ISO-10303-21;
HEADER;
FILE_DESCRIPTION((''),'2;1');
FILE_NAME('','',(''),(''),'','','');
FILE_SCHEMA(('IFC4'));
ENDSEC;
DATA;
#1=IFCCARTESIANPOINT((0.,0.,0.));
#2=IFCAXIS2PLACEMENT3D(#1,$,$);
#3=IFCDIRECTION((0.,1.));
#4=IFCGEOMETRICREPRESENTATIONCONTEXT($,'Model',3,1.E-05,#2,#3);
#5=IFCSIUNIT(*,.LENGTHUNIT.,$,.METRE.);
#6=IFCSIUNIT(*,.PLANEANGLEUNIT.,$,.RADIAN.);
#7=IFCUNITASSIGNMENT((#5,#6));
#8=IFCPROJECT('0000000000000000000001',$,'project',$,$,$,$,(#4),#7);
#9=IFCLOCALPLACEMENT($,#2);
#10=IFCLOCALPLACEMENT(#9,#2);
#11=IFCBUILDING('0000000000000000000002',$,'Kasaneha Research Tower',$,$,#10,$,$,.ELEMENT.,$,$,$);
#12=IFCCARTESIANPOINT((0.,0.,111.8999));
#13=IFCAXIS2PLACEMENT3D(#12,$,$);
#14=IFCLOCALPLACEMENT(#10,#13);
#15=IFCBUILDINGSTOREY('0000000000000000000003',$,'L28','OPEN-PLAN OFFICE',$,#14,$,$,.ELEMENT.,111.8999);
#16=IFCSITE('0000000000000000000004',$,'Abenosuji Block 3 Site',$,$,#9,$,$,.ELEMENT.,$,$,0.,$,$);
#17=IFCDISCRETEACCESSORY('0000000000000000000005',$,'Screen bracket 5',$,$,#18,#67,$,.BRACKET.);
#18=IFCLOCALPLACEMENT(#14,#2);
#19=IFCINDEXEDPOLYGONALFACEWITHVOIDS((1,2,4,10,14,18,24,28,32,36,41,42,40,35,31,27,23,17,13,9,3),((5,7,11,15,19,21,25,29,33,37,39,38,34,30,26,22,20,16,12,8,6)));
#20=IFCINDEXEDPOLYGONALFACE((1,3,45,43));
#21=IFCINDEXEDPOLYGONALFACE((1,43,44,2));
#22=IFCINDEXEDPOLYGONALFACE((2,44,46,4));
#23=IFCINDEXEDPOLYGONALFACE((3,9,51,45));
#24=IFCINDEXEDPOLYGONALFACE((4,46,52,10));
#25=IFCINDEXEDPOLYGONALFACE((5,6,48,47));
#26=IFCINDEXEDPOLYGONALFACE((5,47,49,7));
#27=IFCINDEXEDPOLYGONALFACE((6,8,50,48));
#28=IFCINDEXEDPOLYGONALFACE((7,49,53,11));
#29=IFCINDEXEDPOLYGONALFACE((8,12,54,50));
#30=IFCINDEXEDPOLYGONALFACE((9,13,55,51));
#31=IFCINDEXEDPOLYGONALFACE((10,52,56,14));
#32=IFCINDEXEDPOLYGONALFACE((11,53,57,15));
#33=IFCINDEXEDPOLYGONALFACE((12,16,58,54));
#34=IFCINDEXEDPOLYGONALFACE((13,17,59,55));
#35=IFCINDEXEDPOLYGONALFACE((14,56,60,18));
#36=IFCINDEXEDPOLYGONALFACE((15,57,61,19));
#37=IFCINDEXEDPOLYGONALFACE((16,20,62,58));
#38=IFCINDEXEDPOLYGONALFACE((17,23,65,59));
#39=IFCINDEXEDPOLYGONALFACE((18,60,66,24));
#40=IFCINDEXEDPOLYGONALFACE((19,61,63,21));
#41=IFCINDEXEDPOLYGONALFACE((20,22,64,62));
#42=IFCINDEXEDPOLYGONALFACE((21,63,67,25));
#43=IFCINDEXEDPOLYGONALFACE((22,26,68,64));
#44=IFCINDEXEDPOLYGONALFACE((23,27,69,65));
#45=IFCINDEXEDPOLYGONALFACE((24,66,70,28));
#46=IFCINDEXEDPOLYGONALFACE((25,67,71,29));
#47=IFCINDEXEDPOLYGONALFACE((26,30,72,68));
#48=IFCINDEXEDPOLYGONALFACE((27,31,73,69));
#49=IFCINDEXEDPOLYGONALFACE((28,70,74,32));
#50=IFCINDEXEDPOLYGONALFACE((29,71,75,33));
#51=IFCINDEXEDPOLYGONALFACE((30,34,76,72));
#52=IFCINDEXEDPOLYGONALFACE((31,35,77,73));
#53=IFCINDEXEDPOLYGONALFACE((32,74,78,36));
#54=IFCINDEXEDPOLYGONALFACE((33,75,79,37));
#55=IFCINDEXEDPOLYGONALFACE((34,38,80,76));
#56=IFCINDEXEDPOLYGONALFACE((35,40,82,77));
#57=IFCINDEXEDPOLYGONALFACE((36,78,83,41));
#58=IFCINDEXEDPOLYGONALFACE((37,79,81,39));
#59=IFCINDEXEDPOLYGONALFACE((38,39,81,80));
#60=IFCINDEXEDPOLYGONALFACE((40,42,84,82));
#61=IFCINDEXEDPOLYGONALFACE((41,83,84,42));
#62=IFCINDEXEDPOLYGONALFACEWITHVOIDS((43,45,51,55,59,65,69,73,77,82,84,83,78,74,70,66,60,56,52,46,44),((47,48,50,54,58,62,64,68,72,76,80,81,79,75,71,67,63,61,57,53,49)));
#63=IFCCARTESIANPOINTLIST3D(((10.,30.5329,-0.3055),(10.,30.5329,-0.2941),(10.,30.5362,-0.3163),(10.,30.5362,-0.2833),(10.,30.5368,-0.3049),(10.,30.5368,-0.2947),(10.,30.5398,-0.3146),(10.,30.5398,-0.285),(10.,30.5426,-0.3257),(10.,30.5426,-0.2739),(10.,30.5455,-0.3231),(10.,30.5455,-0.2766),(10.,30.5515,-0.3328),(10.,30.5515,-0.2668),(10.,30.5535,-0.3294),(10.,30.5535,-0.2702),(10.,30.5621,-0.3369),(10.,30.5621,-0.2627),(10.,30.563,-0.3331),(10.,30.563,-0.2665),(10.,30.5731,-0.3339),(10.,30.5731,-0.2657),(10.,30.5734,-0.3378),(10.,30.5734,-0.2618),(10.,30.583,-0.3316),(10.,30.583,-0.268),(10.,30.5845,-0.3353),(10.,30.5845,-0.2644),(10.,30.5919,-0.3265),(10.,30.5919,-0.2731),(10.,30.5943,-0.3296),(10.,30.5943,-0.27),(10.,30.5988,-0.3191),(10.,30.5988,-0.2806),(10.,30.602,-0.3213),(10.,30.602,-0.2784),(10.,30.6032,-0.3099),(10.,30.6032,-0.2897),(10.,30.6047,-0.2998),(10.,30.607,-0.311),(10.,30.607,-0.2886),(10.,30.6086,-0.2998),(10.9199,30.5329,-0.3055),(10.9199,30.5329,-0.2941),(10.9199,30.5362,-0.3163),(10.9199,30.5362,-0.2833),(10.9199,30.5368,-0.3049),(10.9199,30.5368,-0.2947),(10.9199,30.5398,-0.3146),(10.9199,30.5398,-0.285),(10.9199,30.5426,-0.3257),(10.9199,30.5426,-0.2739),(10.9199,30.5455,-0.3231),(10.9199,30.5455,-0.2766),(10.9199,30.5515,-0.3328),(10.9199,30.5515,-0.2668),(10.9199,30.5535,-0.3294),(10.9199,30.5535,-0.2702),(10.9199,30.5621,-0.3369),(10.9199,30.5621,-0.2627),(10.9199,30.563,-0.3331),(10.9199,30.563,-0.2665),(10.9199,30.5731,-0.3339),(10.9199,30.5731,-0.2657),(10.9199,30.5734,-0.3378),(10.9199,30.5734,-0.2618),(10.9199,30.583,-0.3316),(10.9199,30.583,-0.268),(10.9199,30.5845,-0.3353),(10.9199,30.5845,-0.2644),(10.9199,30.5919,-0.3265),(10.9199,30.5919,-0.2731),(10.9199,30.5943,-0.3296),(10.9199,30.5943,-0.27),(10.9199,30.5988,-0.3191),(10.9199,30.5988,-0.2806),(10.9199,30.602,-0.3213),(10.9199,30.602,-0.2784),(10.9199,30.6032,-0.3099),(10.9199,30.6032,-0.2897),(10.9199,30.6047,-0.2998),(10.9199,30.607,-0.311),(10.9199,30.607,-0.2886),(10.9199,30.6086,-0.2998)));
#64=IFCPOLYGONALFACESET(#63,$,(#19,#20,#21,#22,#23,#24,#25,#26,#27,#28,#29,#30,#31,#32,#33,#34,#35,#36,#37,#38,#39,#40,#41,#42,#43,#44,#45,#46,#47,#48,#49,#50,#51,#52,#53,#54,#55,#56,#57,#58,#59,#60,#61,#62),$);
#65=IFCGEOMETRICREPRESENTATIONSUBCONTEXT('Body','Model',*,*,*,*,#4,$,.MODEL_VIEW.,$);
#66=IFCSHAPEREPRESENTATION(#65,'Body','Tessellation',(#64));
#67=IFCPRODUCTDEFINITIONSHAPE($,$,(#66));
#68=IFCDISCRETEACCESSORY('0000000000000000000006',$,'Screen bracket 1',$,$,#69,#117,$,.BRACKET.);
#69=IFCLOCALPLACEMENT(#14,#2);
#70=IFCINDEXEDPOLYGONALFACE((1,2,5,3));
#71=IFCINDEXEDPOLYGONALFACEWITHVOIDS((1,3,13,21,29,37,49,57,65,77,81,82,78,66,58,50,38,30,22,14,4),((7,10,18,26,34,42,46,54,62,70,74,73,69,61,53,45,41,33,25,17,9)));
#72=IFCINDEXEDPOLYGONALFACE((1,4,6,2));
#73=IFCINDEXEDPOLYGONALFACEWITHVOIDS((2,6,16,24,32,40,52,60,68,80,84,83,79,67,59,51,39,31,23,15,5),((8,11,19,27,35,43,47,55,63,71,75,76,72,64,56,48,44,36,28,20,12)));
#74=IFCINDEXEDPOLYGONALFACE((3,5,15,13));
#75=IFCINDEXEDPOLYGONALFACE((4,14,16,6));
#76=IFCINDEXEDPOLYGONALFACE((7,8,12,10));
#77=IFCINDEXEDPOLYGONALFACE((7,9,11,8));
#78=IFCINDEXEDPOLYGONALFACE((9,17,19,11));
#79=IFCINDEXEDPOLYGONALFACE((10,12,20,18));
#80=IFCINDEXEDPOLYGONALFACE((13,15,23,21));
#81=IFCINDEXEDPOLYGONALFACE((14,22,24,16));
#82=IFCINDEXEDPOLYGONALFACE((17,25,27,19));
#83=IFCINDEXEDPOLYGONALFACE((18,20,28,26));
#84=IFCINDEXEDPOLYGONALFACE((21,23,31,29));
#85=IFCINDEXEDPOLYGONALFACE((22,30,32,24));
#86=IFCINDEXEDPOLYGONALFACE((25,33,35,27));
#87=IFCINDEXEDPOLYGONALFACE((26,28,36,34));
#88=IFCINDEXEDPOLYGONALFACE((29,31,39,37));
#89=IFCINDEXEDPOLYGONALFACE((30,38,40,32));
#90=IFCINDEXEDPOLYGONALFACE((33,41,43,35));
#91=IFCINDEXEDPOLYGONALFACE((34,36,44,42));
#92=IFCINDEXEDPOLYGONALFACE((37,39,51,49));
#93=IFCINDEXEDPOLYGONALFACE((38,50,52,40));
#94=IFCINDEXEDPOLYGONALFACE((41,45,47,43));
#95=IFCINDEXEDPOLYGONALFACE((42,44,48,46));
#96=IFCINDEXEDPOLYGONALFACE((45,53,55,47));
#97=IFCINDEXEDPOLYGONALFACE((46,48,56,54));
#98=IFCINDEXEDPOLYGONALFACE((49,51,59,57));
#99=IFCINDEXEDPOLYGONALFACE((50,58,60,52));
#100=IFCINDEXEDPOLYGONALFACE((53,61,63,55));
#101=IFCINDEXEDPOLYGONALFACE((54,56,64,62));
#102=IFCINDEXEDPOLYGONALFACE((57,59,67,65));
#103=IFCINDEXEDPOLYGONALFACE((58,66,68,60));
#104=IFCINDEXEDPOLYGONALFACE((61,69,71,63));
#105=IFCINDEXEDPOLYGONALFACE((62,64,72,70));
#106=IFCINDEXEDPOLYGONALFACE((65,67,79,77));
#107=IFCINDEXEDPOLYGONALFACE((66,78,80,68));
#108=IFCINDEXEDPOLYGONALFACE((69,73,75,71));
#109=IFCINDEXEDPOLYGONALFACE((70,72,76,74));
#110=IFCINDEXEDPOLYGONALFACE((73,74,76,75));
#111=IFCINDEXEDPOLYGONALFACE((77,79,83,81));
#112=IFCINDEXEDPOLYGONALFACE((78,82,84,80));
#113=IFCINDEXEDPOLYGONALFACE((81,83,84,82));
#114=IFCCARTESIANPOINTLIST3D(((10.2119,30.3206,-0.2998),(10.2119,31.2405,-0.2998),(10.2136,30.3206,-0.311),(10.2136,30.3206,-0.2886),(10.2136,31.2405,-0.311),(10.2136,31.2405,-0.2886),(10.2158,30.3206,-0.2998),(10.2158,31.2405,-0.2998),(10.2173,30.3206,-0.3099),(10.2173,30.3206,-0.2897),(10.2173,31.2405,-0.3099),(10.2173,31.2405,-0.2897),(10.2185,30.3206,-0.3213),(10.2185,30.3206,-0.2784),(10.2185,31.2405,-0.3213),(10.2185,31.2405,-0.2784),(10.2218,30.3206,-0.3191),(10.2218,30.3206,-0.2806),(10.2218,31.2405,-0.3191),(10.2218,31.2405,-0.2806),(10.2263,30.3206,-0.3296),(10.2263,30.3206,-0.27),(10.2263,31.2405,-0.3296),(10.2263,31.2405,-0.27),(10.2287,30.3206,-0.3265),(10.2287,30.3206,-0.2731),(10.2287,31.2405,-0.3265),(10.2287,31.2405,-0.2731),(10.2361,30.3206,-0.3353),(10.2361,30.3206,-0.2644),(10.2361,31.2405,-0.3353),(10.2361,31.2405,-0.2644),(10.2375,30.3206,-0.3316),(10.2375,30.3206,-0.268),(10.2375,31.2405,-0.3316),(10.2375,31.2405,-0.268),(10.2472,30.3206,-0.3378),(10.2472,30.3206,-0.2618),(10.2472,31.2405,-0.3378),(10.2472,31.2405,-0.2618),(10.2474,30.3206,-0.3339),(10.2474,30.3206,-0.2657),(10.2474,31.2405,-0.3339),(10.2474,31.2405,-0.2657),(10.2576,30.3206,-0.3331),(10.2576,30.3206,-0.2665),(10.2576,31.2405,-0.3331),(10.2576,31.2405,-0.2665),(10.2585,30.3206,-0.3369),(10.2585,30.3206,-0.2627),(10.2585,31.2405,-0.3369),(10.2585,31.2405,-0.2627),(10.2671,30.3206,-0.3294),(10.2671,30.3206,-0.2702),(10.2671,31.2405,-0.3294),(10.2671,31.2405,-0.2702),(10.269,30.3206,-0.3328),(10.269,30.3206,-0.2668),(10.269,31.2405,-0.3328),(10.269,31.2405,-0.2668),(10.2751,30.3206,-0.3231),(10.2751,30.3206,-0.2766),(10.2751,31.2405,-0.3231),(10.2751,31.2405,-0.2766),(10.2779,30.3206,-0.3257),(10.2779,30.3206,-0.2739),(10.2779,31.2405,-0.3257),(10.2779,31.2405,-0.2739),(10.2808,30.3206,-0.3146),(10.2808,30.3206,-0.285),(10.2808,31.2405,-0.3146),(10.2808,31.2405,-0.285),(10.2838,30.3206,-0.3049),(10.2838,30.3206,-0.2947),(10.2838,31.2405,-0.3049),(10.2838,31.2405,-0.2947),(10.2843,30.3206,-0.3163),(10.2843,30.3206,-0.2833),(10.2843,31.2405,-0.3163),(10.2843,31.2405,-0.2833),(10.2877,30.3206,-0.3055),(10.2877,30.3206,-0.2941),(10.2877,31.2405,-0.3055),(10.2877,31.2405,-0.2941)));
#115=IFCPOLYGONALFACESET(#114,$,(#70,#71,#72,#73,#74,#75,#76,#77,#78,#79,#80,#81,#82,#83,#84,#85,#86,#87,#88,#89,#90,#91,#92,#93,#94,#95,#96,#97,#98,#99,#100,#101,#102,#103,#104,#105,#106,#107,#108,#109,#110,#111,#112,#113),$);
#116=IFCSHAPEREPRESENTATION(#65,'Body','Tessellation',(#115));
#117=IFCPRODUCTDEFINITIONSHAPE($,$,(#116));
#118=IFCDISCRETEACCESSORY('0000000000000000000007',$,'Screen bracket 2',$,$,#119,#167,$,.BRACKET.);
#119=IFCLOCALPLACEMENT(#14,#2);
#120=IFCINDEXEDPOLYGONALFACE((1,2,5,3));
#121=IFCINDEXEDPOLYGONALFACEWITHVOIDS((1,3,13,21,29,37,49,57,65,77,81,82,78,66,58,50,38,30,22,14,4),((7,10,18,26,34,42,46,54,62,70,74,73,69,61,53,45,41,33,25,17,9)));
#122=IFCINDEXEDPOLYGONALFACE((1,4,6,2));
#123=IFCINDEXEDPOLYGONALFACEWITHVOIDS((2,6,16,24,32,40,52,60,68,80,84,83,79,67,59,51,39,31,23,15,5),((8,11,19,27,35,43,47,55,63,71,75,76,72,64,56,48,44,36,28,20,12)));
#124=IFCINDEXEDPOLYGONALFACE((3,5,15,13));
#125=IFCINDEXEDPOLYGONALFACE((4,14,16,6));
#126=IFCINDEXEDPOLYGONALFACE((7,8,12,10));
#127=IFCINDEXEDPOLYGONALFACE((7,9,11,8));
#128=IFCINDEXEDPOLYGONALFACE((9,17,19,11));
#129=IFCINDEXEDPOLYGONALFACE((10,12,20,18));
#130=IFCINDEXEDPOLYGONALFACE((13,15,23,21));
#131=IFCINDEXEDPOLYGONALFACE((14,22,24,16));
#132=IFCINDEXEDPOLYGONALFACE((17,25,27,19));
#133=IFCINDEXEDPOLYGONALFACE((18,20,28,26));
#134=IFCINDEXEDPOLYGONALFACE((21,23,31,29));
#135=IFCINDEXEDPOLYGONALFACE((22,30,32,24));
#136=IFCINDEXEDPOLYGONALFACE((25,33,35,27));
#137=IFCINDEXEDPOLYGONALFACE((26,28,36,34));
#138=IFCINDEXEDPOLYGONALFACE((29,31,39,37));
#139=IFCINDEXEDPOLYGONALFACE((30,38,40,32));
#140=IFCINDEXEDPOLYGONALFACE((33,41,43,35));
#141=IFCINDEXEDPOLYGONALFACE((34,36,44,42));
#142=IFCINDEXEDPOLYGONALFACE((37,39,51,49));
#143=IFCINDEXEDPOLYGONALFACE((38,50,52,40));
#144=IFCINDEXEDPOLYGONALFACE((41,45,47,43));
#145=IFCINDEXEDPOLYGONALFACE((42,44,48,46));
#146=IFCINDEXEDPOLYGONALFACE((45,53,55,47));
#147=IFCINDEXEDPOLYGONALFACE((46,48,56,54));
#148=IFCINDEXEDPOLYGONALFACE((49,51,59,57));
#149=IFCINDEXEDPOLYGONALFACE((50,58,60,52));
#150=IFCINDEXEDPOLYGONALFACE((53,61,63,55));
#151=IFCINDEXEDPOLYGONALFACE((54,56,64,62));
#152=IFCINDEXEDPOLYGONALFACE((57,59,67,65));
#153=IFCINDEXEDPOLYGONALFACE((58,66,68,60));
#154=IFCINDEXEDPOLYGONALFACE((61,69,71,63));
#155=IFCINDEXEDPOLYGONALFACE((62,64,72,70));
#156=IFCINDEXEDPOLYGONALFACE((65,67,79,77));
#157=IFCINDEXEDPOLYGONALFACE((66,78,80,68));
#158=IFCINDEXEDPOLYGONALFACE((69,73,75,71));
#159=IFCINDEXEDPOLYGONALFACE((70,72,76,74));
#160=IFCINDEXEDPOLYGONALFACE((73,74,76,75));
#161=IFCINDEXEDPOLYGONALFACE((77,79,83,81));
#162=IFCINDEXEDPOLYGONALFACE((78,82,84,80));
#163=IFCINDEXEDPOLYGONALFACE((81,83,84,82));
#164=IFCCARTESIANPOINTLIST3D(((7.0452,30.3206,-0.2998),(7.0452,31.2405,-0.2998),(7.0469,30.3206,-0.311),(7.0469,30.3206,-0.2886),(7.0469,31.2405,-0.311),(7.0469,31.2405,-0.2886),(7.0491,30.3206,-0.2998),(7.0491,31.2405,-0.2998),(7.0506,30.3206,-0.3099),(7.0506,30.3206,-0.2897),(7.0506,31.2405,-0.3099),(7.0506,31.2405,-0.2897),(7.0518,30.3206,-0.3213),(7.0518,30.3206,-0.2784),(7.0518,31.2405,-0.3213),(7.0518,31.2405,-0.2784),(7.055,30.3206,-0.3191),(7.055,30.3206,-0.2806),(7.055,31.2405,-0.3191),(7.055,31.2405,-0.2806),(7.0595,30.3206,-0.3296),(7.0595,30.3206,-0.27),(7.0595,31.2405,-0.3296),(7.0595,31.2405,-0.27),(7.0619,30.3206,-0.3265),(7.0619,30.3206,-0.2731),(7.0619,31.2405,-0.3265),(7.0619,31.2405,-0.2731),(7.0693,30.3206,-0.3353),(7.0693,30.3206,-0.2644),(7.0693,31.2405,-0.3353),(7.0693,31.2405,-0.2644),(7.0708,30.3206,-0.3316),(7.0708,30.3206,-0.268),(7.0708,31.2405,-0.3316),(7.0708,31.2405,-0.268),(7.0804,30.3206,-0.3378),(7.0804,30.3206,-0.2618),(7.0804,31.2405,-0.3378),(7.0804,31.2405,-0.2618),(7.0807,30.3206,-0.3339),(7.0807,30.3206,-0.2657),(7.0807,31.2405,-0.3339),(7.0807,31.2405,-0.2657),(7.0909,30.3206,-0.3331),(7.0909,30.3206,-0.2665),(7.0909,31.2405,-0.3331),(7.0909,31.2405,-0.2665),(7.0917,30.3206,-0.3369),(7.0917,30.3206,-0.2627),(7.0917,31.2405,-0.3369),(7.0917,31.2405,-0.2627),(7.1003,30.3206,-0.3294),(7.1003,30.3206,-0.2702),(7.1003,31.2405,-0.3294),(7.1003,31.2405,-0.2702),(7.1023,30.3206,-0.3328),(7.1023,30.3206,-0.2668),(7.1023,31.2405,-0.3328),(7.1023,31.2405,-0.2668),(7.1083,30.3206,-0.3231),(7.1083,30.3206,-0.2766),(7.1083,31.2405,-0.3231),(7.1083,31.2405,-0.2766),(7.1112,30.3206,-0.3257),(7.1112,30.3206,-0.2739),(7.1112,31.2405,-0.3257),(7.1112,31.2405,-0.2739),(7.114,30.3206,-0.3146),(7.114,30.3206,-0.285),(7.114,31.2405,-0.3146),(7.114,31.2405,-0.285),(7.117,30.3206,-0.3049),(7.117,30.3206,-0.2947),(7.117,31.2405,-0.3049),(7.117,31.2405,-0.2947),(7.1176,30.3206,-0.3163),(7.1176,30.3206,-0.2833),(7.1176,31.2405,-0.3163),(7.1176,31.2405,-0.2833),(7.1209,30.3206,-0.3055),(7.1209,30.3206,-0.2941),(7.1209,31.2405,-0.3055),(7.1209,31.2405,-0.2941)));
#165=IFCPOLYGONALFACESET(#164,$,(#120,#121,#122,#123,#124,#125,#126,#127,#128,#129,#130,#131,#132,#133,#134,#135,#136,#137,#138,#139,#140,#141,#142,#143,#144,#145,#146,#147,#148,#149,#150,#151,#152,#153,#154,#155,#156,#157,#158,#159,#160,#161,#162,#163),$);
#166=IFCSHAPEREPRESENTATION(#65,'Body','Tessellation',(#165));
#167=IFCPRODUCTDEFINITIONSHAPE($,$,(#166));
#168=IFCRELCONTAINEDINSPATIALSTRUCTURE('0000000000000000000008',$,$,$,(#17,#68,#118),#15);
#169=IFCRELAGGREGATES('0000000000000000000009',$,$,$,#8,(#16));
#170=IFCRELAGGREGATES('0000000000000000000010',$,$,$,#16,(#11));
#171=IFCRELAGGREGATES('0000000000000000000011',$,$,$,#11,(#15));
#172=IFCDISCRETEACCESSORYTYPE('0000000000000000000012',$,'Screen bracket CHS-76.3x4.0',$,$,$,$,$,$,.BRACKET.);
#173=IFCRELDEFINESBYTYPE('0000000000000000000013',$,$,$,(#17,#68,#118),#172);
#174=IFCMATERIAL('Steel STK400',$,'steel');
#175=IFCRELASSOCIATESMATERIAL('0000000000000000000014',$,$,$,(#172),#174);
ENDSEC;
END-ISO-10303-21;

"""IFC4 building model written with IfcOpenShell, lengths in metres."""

from ifc_helpers import new_model, si_unit, direction, frame, origin, origin_2d, place, context, subcontext, project, spatial, hollow_circle, extrude, material, material_profile, profile_set, type_object, element, save


model = new_model("IFC4")

# Units and contexts
model_context = context("Model", 3, precision=1e-05, world=origin(), true_north=direction((0.0, 1.0)))
body_context = subcontext(model_context, "Body", "Model", "MODEL_VIEW")
ifc_project = project(units=[si_unit("LENGTHUNIT", "METRE"), si_unit("PLANEANGLEUNIT", "RADIAN")], contexts=[model_context])

# Site, building, storey
site_placement = place(None, origin())
site = spatial("IfcSite", under=ifc_project, at=site_placement, Name="Abenosuji Block 3 Site", CompositionType="ELEMENT", RefElevation=0.0)
building_placement = place(site_placement, origin())
building = spatial("IfcBuilding", under=site, at=building_placement, Name="Kasaneha Research Tower", CompositionType="ELEMENT")
storey_placement = place(building_placement, frame((0.0, 0.0, 111.8999)))
storey = spatial("IfcBuildingStorey", under=building, at=storey_placement, Name="L28", Description="OPEN-PLAN OFFICE", CompositionType="ELEMENT", Elevation=111.8999)

# Discrete accessories
ifc_material_1 = material(Name="Steel STK400", Category="steel")
ifc_material_profile_1 = material_profile(ifc_material_1, hollow_circle(Radius=0.0381, WallThickness=0.0039, at=origin_2d()), Name="CHS-76.3x4.0")
ifc_profile_set_1 = profile_set([ifc_material_profile_1], Name="Steel STK400")
discrete_accessory_type = type_object("IfcDiscreteAccessoryType", Name="Screen bracket CHS-76.3x4.0", PredefinedType="BRACKET", material=ifc_profile_set_1)
for number, where, z_axis, x_axis, name in (
    (1, (10.0, 30.5706, -0.2998), (1.0, 0.0, 0.0), (0.0, 1.0, 0.0), "Screen bracket 5"),
    (2, (10.25, 30.3206, -0.2998), (0.0, 1.0, 0.0), (-1.0, 0.0, 0.0), "Screen bracket 1"),
    (3, (7.0833, 30.3206, -0.2998), (0.0, 1.0, 0.0), (-1.0, 0.0, 0.0), "Screen bracket 2"),
):
    element("IfcDiscreteAccessory", number, at=place(storey_placement, frame(where, z_axis=z_axis, x_axis=x_axis)), inside=storey, type_object=discrete_accessory_type, Name=name, PredefinedType="BRACKET", context=body_context, shape_type="SweptSolid", body=[
        extrude(hollow_circle(Radius=0.0381, WallThickness=0.0039, at=origin_2d()), origin(), (0.0, 0.0, 1.0), 0.9199),
    ])

save(model, "model.ifc")
